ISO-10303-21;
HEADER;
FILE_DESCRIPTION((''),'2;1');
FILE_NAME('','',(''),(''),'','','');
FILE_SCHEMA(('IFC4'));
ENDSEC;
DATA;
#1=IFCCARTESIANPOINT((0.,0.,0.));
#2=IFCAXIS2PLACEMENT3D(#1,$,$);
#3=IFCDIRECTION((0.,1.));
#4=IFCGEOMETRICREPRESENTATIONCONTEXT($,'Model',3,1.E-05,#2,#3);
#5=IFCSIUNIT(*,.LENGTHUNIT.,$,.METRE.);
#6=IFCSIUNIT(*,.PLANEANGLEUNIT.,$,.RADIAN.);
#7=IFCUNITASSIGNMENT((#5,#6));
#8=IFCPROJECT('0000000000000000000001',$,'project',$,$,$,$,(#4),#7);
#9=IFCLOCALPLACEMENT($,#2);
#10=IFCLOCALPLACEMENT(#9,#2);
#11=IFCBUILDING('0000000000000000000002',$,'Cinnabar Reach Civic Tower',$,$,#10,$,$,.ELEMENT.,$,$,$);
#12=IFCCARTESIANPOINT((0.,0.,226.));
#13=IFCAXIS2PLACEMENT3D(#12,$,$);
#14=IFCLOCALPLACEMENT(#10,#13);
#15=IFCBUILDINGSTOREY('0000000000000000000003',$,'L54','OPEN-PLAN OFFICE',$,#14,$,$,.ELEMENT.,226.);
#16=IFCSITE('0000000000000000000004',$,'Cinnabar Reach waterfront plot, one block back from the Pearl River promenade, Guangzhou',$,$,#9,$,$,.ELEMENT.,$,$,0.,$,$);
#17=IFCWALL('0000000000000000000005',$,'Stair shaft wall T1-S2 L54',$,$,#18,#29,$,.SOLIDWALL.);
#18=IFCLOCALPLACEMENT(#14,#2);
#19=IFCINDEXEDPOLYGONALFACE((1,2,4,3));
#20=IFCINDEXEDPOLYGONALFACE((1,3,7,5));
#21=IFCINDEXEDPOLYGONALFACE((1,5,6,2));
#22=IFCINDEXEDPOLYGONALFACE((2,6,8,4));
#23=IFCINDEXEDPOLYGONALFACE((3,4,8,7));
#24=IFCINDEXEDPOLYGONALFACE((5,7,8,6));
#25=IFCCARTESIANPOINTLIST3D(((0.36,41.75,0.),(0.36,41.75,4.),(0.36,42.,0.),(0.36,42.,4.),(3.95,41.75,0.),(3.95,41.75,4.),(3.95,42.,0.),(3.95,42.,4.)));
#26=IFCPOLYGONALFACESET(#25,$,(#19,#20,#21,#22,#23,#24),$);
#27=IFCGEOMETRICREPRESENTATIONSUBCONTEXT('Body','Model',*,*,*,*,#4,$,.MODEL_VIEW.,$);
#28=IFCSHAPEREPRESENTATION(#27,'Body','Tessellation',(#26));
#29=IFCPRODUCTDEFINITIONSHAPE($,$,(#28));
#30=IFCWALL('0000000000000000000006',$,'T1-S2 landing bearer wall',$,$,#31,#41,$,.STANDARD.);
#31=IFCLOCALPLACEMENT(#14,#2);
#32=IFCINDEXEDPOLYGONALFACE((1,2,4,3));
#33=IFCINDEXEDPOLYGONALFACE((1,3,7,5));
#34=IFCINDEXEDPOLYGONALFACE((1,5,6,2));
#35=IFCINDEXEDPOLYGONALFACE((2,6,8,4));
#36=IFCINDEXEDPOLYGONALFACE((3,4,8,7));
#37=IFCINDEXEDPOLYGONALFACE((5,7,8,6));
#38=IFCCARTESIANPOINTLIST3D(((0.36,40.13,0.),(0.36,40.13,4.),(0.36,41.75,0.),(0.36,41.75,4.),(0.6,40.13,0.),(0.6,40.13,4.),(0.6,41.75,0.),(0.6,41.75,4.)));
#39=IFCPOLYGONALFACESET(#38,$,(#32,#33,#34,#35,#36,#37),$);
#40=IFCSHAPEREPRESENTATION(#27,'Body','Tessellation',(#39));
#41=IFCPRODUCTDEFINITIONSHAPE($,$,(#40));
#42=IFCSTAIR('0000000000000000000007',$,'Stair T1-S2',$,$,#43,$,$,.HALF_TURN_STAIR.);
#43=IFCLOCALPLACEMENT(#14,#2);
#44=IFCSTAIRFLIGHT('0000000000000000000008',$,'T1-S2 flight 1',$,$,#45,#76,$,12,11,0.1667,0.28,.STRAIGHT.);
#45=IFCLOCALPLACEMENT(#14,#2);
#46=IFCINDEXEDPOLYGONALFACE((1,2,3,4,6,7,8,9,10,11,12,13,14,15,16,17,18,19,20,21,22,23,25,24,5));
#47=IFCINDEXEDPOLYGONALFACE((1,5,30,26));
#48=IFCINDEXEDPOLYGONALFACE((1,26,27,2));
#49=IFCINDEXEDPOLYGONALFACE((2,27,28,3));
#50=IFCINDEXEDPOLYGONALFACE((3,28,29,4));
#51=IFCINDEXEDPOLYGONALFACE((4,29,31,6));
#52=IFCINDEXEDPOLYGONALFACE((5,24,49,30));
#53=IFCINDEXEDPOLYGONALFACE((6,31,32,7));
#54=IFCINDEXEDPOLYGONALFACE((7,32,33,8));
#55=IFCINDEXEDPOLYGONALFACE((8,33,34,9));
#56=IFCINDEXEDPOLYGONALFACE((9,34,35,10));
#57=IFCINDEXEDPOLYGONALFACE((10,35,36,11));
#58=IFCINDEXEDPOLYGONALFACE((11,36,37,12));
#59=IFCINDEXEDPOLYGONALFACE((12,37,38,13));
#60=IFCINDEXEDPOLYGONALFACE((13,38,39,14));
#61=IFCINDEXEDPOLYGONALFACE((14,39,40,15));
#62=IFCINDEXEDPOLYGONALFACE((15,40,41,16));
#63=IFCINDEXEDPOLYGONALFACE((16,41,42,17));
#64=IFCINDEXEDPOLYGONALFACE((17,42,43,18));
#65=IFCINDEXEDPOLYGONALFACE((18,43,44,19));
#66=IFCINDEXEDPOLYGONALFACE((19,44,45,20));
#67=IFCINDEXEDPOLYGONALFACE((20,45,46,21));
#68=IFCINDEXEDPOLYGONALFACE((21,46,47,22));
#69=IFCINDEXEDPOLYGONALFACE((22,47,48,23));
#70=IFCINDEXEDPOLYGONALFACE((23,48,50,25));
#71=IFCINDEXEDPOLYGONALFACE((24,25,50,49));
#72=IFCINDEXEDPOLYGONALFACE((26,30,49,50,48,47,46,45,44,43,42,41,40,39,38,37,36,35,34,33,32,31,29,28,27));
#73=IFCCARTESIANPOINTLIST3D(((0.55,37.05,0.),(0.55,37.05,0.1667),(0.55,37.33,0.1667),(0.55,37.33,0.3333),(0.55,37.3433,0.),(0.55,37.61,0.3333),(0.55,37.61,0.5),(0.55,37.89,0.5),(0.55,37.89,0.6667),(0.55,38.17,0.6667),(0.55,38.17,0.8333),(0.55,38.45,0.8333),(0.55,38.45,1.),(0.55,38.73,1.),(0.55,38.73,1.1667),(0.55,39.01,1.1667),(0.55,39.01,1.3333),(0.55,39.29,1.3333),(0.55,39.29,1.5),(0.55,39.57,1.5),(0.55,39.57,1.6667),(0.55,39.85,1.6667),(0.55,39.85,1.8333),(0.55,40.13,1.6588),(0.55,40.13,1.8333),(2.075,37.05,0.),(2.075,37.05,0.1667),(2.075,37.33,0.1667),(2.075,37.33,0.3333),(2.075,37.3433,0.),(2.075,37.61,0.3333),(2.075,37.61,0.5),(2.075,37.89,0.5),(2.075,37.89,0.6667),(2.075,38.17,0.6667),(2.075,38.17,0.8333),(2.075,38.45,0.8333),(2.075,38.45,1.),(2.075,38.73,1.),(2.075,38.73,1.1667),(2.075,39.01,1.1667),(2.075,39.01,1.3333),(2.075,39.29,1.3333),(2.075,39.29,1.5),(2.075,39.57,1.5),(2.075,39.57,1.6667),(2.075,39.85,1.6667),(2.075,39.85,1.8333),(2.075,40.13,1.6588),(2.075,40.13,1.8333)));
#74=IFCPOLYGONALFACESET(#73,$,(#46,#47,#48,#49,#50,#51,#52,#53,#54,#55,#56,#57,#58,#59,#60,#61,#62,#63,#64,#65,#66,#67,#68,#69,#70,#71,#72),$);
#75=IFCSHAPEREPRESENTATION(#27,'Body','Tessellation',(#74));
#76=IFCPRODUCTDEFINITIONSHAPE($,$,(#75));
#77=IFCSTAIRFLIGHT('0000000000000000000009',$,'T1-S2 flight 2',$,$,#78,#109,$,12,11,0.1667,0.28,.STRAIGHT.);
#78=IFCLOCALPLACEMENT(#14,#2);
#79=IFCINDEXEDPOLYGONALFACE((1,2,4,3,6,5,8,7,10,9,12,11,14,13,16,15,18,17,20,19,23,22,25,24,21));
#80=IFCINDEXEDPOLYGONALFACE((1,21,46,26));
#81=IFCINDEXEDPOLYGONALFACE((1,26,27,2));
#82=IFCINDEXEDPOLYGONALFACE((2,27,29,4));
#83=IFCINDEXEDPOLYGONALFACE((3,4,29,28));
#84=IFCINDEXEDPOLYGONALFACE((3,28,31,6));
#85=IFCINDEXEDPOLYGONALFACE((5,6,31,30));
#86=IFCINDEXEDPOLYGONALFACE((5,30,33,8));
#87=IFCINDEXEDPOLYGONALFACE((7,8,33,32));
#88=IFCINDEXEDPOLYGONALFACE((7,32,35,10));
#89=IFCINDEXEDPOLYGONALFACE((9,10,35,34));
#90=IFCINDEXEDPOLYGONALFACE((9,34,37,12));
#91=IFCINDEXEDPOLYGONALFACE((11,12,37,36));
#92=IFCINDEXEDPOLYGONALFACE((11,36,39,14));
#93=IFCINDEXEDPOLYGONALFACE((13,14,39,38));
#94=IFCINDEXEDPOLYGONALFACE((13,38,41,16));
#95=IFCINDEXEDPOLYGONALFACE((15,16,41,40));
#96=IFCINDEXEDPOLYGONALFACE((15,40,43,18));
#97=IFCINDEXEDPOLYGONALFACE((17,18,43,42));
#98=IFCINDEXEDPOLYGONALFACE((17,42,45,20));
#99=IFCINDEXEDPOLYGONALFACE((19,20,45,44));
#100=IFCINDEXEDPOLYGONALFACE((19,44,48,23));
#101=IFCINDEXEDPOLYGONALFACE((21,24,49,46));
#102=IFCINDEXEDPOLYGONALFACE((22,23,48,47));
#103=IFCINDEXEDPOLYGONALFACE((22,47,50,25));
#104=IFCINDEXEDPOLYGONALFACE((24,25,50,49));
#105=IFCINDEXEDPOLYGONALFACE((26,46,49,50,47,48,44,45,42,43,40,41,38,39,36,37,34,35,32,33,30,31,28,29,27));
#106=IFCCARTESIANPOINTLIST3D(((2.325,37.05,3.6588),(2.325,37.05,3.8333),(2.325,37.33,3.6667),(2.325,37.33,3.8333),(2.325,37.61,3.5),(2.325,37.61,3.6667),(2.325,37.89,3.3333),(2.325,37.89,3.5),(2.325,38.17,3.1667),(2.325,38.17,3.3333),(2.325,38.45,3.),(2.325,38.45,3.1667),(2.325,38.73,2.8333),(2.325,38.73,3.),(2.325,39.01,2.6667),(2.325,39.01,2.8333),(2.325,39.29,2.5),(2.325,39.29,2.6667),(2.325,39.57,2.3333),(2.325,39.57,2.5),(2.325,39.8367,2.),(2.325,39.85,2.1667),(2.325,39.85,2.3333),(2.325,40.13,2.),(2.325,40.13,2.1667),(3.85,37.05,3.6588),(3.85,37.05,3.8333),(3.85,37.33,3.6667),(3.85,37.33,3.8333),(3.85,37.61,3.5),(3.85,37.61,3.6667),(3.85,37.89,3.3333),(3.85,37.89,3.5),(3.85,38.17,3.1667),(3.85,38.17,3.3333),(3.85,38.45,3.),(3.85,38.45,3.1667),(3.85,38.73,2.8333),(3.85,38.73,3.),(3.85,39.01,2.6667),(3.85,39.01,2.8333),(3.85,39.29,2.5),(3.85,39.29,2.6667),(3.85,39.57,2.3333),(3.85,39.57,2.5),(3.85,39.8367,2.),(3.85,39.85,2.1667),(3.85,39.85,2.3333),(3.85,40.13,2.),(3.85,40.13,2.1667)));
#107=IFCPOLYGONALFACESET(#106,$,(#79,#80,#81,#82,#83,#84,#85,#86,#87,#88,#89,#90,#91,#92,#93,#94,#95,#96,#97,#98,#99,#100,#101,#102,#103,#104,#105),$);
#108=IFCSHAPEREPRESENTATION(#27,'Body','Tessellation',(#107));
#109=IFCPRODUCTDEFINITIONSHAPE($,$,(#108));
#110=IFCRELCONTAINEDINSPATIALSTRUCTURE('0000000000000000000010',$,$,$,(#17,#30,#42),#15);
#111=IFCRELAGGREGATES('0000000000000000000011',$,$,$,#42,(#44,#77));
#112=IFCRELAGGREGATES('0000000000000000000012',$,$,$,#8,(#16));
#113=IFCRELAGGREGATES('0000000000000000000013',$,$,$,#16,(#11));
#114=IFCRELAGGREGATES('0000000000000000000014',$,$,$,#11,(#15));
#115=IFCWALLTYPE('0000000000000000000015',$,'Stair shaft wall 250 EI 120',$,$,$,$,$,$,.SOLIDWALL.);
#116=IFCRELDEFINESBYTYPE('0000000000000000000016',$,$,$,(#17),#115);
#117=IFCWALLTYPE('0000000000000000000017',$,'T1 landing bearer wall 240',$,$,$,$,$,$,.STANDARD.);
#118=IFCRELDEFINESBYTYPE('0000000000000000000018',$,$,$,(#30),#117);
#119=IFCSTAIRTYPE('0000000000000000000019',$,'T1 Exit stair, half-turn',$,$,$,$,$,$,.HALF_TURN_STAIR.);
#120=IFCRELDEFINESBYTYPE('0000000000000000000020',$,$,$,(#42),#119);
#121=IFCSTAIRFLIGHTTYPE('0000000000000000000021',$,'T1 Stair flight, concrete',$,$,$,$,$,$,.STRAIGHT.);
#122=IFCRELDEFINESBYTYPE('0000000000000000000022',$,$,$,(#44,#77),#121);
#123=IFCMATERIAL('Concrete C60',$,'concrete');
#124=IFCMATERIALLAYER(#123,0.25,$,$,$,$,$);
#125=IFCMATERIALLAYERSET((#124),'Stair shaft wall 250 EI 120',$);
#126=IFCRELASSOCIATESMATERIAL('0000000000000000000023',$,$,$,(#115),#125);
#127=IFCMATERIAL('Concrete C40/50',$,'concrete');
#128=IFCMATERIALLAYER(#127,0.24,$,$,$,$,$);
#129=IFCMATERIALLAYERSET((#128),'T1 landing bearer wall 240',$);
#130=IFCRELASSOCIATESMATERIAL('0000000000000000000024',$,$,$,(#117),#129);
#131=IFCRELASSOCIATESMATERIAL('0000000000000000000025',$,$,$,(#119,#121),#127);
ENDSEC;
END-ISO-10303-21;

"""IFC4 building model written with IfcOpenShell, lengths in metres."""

from ifc_helpers import new_model, si_unit, direction, frame, frame_2d, origin, place, context, subcontext, project, spatial, polyline, rectangle, outline, extrude, material, layer, layer_set, type_object, element, aggregate, save


model = new_model("IFC4")

# Units and contexts
model_context = context("Model", 3, precision=1e-05, world=origin(), true_north=direction((0.0, 1.0)))
body_context = subcontext(model_context, "Body", "Model", "MODEL_VIEW")
ifc_project = project(units=[si_unit("LENGTHUNIT", "METRE"), si_unit("PLANEANGLEUNIT", "RADIAN")], contexts=[model_context])

# Site, building, storey
site_placement = place(None, origin())
site = spatial("IfcSite", under=ifc_project, at=site_placement, Name="Cinnabar Reach waterfront plot, one block back from the Pearl River promenade, Guangzhou", CompositionType="ELEMENT", RefElevation=0.0)
building_placement = place(site_placement, origin())
building = spatial("IfcBuilding", under=site, at=building_placement, Name="Cinnabar Reach Civic Tower", CompositionType="ELEMENT")
storey_placement = place(building_placement, frame((0.0, 0.0, 226.0)))
storey = spatial("IfcBuildingStorey", under=building, at=storey_placement, Name="L54", Description="OPEN-PLAN OFFICE", CompositionType="ELEMENT", Elevation=226.0)

# Shared definitions
ifc_material_1 = material(Name="Concrete C60", Category="concrete")

# Shared definitions
ifc_layer_1 = layer(ifc_material_1, 0.25)
ifc_layer_set_1 = layer_set([ifc_layer_1], Name="Stair shaft wall 250 EI 120")
wall_type_1 = type_object("IfcWallType", Name="Stair shaft wall 250 EI 120", PredefinedType="SOLIDWALL", material=ifc_layer_set_1)

# Walls
wall_1_placement = place(storey_placement, frame((3.95, 41.875, 0.0), z_axis=(0.0, 0.0, 1.0), x_axis=(-1.0, 0.0, 0.0)))
element("IfcWall", 1, at=wall_1_placement, inside=storey, type_object=wall_type_1, Name="Stair shaft wall T1-S2 L54", PredefinedType="SOLIDWALL", context=body_context, shape_type="SweptSolid", body=[
    extrude(rectangle(XDim=3.59, YDim=0.25, at=frame_2d((1.795, 0.0))), origin(), (0.0, 0.0, 1.0), 4.0),
])
ifc_material_2 = material(Name="Concrete C40/50", Category="concrete")
ifc_layer_2 = layer(ifc_material_2, 0.24)
ifc_layer_set_2 = layer_set([ifc_layer_2], Name="T1 landing bearer wall 240")
wall_type_2 = type_object("IfcWallType", Name="T1 landing bearer wall 240", PredefinedType="STANDARD", material=ifc_layer_set_2)
wall_2_placement = place(storey_placement, frame((0.48, 40.13, 0.0), z_axis=(0.0, 0.0, 1.0), x_axis=(0.0, 1.0, 0.0)))
element("IfcWall", 2, at=wall_2_placement, inside=storey, type_object=wall_type_2, Name="T1-S2 landing bearer wall", PredefinedType="STANDARD", context=body_context, shape_type="SweptSolid", body=[
    extrude(rectangle(XDim=1.62, YDim=0.24, at=frame_2d((0.81, 0.0))), origin(), (0.0, 0.0, 1.0), 4.0),
])

# Stair, stair flights
stair_type = type_object("IfcStairType", Name="T1 Exit stair, half-turn", PredefinedType="HALF_TURN_STAIR", material=ifc_material_2)
stair_placement = place(storey_placement, origin())
stair = element("IfcStair", 3, at=stair_placement, inside=storey, type_object=stair_type, Name="Stair T1-S2", PredefinedType="HALF_TURN_STAIR")
stair_flight_type = type_object("IfcStairFlightType", Name="T1 Stair flight, concrete", PredefinedType="STRAIGHT", material=ifc_material_2)
stair_flight_1_placement = place(storey_placement, frame((1.3125, 37.05, 0.0), z_axis=(0.0, 0.0, 1.0), x_axis=(0.0, 1.0, 0.0)))
stair_flight_1 = element("IfcStairFlight", 4, at=stair_flight_1_placement, type_object=stair_flight_type, Name="T1-S2 flight 1", NumberOfRisers=12, NumberOfTreads=11, PredefinedType="STRAIGHT", RiserHeight=0.1667, TreadLength=0.28, context=body_context, shape_type="SweptSolid", body=[
    extrude(outline(polyline([(0.0, 0.0), (0.0, 0.1667), (0.28, 0.1667), (0.28, 0.3333), (0.56, 0.3333), (0.56, 0.5), (0.84, 0.5), (0.84, 0.6667), (1.12, 0.6667), (1.12, 0.8333), (1.4, 0.8333), (1.4, 1.0), (1.68, 1.0), (1.68, 1.1667), (1.96, 1.1667), (1.96, 1.3333), (2.24, 1.3333), (2.24, 1.5), (2.52, 1.5), (2.52, 1.6667), (2.8, 1.6667), (2.8, 1.8333), (3.08, 1.8333), (3.08, 2.0), (3.08, 1.6588), (0.2933, 0.0), (0.0, 0.0)])), frame((0.0, 0.7625, 0.0), z_axis=(0.0, -1.0, 0.0), x_axis=(1.0, 0.0, 0.0)), (0.0, 0.0, 1.0), 1.525),
])
stair_flight_2_placement = place(storey_placement, frame((3.0875, 40.13, 2.0), z_axis=(0.0, 0.0, 1.0), x_axis=(0.0, -1.0, 0.0)))
stair_flight_2 = element("IfcStairFlight", 5, at=stair_flight_2_placement, type_object=stair_flight_type, Name="T1-S2 flight 2", NumberOfRisers=12, NumberOfTreads=11, PredefinedType="STRAIGHT", RiserHeight=0.1667, TreadLength=0.28, context=body_context, shape_type="SweptSolid", body=[
    extrude(outline(polyline([(0.0, 0.0), (0.0, 0.1667), (0.28, 0.1667), (0.28, 0.3333), (0.56, 0.3333), (0.56, 0.5), (0.84, 0.5), (0.84, 0.6667), (1.12, 0.6667), (1.12, 0.8333), (1.4, 0.8333), (1.4, 1.0), (1.68, 1.0), (1.68, 1.1667), (1.96, 1.1667), (1.96, 1.3333), (2.24, 1.3333), (2.24, 1.5), (2.52, 1.5), (2.52, 1.6667), (2.8, 1.6667), (2.8, 1.8333), (3.08, 1.8333), (3.08, 2.0), (3.08, 1.6588), (0.2933, 0.0), (0.0, 0.0)])), frame((0.0, 0.7625, 0.0), z_axis=(0.0, -1.0, 0.0), x_axis=(1.0, 0.0, 0.0)), (0.0, 0.0, 1.0), 1.525),
])
aggregate(stair, [stair_flight_1, stair_flight_2])

save(model, "model.ifc")
